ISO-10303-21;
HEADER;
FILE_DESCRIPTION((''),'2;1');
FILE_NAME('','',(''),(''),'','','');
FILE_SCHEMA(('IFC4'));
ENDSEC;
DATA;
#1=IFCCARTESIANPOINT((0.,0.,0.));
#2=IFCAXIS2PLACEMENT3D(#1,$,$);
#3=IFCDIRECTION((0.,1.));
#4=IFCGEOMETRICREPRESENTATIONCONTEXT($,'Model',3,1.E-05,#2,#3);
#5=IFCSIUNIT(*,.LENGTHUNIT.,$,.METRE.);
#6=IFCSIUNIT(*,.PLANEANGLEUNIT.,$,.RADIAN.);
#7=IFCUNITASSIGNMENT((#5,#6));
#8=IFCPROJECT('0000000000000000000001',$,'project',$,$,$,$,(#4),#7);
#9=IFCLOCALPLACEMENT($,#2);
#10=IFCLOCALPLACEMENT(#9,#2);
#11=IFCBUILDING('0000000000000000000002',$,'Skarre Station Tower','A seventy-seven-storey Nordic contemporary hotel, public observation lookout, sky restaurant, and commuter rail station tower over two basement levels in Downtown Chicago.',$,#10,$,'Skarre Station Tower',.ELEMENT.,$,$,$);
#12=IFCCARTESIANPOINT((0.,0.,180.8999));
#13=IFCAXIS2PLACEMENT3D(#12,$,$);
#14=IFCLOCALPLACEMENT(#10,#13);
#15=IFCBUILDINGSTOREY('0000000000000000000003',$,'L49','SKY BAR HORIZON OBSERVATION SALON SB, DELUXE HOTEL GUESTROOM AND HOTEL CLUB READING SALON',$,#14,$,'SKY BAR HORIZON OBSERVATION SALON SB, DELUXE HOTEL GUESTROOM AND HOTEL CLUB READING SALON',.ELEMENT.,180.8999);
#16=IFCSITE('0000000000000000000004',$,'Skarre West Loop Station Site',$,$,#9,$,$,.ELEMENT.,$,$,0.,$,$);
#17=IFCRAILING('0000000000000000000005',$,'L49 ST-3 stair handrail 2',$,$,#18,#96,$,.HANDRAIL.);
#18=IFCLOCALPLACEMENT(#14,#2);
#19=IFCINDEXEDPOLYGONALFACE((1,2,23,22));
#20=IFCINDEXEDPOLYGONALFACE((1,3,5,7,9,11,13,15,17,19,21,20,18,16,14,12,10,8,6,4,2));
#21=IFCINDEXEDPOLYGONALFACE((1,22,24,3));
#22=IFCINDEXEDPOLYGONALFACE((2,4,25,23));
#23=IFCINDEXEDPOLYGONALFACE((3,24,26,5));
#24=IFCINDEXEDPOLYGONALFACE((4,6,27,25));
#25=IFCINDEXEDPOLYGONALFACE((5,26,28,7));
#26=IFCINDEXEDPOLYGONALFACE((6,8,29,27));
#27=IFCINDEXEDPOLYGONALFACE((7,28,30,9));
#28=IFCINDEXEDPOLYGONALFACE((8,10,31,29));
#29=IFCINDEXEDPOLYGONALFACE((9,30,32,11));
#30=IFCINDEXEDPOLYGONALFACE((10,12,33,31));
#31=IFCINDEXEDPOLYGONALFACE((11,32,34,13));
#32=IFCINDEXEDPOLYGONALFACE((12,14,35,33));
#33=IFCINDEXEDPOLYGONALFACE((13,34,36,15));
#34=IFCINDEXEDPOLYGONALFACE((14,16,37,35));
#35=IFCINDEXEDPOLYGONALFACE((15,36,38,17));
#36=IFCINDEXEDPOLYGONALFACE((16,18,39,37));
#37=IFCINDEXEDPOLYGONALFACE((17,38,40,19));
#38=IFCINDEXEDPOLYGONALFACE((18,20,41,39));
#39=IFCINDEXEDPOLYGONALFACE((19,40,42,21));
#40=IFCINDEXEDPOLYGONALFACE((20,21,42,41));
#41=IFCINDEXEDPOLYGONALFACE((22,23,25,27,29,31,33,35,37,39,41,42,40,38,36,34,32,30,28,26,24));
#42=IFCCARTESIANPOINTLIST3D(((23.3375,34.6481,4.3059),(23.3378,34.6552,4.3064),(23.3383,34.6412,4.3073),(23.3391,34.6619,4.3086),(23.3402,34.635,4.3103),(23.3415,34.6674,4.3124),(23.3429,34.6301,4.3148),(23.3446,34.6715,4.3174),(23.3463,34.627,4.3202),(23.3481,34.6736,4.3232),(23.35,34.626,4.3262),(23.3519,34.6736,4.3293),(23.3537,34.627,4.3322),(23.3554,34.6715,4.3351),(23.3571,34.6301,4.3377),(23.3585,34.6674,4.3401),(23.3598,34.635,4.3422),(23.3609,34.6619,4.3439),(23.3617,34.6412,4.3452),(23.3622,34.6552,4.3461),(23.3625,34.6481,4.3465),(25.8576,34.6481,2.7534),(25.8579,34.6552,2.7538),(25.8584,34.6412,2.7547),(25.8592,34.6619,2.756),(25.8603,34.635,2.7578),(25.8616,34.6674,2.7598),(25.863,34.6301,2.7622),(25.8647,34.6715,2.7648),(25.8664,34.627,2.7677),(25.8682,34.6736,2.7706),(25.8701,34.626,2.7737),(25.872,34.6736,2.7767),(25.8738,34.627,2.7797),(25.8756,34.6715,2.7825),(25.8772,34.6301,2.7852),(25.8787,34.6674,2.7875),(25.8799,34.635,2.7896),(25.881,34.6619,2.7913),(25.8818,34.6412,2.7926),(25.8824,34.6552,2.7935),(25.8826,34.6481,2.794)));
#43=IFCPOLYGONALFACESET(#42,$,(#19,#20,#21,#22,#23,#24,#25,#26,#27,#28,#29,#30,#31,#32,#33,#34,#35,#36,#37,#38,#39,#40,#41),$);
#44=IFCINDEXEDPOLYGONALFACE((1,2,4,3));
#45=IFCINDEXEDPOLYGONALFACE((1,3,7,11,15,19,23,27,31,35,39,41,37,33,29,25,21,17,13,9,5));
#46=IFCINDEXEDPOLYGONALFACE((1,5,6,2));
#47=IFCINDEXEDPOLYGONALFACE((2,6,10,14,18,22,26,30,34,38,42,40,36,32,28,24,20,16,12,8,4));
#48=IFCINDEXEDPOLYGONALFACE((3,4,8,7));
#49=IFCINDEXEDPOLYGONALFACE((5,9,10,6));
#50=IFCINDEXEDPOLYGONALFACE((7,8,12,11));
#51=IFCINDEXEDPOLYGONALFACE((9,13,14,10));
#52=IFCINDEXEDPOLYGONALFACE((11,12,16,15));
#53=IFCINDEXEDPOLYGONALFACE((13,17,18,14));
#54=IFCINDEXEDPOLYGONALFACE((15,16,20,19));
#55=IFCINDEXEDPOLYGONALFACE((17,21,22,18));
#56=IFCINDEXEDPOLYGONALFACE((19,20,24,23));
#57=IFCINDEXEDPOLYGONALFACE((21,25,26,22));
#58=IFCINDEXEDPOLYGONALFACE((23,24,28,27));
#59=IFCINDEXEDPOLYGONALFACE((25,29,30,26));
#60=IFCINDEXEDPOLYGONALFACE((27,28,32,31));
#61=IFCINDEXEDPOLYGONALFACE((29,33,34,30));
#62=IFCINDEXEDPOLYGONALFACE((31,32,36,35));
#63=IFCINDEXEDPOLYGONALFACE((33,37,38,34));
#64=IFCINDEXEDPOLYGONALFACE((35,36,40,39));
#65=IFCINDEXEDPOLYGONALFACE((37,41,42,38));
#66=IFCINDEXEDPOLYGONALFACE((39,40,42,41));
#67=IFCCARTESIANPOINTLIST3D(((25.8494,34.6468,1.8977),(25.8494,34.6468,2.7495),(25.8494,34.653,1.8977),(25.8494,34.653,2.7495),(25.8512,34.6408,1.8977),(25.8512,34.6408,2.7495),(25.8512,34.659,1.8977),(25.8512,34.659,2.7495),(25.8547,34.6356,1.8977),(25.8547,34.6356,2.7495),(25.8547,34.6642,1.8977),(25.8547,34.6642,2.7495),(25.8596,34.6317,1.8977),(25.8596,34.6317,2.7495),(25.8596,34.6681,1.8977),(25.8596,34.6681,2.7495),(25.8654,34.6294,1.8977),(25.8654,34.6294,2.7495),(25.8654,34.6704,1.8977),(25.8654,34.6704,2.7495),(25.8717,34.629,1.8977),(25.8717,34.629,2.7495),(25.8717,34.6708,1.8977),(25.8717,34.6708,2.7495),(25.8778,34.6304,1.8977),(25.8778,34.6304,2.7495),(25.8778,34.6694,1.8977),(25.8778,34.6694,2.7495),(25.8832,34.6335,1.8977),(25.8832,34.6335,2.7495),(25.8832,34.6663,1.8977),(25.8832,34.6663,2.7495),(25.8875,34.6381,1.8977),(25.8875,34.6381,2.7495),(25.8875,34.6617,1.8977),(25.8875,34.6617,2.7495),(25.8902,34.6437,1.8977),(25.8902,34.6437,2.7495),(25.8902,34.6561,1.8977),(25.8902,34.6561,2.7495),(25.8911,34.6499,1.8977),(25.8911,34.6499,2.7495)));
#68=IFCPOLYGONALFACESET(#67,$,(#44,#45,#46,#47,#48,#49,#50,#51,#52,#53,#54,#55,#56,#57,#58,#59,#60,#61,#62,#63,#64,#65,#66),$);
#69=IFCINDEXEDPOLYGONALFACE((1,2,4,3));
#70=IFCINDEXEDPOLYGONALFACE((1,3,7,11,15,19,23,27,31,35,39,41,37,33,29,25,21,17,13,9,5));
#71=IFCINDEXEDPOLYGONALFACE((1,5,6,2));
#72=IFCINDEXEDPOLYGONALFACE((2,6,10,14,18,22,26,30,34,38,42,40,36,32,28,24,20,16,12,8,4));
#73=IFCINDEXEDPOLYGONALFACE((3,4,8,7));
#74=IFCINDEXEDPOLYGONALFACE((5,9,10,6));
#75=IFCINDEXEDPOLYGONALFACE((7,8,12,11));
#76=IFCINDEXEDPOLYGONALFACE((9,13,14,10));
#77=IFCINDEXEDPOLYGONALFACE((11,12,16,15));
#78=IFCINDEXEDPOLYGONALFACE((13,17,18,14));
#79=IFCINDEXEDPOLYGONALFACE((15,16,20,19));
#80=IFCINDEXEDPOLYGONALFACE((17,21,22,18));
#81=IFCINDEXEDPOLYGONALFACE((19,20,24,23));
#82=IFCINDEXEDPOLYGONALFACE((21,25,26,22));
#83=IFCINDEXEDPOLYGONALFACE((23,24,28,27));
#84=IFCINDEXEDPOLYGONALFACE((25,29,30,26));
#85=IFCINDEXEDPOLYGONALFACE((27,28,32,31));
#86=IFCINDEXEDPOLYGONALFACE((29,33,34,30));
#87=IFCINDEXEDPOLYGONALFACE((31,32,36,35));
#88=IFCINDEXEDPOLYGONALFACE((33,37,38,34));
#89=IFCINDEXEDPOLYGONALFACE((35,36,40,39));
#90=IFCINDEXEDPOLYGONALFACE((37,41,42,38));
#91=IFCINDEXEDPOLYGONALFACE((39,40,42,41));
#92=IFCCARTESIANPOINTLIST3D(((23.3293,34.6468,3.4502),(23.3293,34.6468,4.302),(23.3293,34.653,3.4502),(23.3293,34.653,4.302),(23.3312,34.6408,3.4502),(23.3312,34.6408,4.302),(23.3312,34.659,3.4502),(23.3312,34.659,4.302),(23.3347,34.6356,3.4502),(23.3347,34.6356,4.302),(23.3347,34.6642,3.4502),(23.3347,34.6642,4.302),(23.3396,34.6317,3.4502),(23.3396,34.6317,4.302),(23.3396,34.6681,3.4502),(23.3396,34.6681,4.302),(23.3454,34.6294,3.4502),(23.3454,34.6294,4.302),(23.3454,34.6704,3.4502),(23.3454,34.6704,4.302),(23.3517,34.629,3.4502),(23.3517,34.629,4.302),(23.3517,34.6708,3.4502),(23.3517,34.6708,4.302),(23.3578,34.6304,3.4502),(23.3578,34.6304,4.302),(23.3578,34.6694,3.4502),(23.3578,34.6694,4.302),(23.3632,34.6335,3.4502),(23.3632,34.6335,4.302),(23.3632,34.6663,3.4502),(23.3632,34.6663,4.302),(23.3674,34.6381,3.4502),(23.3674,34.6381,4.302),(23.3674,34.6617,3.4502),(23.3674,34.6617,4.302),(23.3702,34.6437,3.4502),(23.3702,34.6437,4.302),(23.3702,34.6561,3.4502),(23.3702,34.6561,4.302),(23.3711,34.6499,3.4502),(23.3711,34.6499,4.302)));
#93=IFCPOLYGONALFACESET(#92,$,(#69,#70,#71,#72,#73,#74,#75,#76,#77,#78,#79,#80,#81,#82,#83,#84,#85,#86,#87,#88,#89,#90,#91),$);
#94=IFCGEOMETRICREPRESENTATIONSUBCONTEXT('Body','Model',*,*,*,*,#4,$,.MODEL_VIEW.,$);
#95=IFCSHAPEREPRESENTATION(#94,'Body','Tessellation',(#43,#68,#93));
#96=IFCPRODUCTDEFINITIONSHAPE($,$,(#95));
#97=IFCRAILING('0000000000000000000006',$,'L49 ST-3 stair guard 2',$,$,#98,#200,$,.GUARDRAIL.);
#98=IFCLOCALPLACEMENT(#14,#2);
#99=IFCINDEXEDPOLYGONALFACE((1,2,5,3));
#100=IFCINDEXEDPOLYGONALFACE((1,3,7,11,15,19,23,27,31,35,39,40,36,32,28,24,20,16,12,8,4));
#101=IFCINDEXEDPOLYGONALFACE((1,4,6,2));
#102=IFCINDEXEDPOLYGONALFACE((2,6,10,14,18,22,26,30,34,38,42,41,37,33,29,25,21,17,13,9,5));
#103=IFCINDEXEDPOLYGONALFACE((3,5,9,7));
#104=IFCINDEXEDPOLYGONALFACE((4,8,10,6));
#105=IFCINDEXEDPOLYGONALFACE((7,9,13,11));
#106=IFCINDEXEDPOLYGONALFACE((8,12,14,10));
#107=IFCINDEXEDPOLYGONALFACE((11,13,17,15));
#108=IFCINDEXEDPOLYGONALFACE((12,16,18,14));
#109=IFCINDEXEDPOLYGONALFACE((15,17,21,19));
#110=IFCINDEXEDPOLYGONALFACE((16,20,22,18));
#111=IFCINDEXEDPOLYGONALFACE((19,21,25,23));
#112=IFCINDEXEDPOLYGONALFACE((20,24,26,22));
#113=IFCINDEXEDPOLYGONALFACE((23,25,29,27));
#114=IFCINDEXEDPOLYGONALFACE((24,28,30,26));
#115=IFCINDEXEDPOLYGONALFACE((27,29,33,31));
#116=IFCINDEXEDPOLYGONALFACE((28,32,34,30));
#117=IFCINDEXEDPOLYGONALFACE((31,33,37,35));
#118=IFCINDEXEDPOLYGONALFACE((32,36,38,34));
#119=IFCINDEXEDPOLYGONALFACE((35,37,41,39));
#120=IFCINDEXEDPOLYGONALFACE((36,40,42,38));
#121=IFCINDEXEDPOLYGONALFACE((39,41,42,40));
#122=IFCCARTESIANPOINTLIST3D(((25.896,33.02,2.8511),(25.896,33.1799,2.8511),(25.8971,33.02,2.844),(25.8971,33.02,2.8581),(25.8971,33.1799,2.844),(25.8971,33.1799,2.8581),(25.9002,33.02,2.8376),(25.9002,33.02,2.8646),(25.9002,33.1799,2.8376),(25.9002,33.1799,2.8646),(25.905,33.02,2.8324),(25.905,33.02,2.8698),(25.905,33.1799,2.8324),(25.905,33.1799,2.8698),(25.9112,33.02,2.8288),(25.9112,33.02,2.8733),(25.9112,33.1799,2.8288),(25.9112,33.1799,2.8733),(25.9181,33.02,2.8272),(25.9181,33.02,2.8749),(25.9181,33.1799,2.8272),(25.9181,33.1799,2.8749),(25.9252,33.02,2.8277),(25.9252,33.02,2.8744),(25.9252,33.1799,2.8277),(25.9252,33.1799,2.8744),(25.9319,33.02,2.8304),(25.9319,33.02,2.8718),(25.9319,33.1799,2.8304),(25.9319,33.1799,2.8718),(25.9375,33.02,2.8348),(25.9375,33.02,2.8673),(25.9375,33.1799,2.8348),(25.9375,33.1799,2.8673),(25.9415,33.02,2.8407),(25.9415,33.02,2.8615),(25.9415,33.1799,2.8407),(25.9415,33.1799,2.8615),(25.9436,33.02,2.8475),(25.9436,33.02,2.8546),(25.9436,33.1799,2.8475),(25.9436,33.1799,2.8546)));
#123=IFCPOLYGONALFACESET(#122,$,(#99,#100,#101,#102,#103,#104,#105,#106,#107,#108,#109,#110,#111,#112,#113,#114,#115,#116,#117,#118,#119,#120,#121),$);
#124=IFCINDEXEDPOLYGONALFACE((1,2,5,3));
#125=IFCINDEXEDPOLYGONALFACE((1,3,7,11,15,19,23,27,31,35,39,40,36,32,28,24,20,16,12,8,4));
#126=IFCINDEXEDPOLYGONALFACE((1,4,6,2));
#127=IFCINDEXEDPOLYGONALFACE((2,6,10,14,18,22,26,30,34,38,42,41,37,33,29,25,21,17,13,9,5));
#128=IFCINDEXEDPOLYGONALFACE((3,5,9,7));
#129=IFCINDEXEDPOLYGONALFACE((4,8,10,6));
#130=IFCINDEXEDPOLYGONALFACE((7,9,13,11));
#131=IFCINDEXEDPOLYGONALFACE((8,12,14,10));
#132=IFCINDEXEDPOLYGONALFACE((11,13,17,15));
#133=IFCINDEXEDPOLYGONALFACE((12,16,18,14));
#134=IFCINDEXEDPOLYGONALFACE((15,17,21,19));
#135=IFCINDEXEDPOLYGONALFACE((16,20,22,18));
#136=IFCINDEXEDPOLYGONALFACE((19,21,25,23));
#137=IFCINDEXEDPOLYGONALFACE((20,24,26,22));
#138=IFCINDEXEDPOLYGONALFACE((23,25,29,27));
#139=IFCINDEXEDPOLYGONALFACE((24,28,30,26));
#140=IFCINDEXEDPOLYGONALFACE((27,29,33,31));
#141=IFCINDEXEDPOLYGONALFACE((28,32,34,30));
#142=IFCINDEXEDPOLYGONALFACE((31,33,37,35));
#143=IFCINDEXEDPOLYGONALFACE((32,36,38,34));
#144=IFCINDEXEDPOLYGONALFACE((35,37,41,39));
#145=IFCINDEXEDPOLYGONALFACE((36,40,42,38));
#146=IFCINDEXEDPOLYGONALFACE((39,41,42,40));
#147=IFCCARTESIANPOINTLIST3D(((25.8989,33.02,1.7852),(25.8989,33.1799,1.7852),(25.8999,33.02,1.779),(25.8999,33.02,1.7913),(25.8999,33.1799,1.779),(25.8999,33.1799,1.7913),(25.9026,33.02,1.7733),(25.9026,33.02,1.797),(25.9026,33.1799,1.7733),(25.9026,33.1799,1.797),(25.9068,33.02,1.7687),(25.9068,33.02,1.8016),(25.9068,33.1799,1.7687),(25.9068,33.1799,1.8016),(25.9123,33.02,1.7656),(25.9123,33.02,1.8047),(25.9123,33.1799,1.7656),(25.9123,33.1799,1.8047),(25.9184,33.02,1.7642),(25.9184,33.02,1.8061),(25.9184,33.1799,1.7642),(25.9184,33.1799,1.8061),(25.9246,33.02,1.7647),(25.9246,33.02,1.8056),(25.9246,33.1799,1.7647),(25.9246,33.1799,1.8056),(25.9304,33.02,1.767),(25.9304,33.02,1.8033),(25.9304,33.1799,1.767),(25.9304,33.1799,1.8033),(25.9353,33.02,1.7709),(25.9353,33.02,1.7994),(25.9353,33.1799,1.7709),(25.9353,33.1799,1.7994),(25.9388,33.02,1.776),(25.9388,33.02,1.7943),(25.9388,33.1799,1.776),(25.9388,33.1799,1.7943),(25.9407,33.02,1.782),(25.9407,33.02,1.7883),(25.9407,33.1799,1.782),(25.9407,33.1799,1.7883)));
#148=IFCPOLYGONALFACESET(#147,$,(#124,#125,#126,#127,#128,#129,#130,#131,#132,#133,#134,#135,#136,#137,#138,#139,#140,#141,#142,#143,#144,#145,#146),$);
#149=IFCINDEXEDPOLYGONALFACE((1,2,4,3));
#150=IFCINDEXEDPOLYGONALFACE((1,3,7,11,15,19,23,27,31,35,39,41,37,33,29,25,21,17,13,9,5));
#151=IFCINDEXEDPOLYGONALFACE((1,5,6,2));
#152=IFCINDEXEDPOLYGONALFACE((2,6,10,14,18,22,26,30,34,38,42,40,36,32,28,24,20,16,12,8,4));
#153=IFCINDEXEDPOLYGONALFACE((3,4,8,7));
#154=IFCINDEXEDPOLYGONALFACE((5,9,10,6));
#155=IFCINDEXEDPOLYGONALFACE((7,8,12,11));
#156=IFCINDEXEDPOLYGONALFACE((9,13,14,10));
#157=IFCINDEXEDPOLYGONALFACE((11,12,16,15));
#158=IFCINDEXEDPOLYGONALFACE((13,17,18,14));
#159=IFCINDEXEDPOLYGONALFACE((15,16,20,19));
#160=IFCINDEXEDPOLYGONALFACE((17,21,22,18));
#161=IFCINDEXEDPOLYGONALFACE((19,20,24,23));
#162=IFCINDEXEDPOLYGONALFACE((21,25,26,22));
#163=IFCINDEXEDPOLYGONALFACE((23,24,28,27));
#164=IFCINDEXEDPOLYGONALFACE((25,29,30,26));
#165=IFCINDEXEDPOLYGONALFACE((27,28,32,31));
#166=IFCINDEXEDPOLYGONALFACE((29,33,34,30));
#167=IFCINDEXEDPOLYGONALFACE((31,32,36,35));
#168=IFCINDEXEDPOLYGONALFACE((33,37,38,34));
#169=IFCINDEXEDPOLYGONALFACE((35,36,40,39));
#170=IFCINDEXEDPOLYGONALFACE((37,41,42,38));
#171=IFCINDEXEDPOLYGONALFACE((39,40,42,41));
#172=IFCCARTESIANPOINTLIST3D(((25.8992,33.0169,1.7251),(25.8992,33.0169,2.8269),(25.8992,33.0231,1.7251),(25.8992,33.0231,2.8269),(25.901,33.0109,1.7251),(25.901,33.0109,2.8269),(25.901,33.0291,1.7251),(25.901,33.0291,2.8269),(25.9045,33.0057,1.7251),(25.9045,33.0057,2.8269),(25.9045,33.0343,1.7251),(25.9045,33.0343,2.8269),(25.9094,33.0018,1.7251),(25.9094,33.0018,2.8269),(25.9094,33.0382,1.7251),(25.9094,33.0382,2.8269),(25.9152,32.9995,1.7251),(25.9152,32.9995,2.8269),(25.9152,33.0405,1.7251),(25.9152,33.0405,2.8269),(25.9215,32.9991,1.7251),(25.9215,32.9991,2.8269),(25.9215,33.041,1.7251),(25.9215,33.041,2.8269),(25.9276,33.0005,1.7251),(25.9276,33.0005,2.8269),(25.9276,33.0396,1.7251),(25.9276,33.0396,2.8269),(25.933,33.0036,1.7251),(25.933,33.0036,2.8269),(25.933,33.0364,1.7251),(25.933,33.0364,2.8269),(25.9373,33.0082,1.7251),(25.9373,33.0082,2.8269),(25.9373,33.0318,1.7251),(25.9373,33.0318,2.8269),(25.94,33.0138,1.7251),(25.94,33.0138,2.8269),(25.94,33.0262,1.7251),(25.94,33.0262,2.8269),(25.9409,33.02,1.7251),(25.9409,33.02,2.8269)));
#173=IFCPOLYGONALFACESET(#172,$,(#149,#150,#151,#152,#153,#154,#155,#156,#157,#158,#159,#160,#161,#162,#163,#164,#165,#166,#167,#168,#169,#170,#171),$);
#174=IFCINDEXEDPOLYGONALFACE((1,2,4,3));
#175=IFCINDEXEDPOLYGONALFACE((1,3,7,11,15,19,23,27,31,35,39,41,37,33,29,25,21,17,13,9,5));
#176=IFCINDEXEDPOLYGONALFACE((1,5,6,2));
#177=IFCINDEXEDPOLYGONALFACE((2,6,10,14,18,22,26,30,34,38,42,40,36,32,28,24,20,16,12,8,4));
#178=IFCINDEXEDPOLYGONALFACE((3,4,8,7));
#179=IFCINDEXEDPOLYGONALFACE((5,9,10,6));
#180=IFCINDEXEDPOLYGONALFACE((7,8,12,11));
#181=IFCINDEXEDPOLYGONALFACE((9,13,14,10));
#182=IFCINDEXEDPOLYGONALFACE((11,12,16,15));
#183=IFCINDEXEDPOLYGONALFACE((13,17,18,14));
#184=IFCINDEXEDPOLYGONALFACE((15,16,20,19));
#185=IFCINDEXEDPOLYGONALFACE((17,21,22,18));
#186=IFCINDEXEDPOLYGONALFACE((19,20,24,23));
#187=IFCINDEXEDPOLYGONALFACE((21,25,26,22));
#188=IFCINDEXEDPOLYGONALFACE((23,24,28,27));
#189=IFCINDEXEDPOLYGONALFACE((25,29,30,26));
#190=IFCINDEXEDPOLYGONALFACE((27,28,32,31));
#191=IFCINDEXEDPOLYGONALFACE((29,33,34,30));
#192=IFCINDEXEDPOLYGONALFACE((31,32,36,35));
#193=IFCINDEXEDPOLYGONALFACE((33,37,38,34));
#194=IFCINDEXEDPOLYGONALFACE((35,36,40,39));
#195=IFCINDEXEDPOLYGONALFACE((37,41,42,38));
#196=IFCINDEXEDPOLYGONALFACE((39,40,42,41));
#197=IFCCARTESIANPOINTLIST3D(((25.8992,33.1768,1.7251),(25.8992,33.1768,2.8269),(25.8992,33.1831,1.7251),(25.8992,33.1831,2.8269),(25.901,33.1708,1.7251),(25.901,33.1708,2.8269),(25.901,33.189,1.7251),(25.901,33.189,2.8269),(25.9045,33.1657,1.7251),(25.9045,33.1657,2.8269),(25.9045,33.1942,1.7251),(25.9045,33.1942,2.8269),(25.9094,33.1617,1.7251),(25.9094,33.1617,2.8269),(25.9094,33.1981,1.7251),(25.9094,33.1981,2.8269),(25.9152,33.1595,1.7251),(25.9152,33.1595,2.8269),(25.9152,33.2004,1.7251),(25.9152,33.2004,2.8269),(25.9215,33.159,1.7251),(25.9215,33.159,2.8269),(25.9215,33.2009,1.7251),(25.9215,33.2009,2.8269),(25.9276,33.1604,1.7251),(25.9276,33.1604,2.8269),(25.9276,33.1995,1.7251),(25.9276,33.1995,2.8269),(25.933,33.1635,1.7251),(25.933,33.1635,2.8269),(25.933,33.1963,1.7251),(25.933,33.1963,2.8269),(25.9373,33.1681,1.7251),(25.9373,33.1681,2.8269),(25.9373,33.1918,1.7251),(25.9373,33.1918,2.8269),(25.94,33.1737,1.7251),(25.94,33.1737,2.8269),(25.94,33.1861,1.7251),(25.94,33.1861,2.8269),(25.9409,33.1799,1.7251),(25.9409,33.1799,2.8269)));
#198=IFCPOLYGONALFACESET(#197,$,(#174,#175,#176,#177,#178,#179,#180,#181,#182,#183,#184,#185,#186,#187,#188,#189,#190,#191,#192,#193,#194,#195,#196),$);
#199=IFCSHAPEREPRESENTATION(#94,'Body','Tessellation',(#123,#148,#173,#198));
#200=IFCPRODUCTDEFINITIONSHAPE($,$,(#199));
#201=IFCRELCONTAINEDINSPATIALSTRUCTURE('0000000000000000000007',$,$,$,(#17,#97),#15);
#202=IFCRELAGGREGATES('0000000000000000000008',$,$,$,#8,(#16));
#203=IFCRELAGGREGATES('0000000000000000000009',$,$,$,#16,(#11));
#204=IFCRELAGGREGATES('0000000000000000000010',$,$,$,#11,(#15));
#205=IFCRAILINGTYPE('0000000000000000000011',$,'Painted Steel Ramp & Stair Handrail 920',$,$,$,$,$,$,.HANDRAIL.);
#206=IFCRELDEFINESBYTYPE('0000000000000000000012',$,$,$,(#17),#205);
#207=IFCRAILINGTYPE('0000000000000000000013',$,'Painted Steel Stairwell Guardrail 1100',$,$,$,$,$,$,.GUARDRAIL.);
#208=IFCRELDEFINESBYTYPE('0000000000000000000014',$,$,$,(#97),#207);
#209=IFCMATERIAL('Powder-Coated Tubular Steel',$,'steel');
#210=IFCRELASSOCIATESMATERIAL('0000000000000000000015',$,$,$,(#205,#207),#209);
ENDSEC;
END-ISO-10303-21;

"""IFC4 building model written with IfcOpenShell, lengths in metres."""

from ifc_helpers import new_model, si_unit, direction, frame, origin, origin_2d, place, context, subcontext, project, spatial, circle, extrude, material, type_object, element, save


model = new_model("IFC4")

# Units and contexts
model_context = context("Model", 3, precision=1e-05, world=origin(), true_north=direction((0.0, 1.0)))
body_context = subcontext(model_context, "Body", "Model", "MODEL_VIEW")
ifc_project = project(units=[si_unit("LENGTHUNIT", "METRE"), si_unit("PLANEANGLEUNIT", "RADIAN")], contexts=[model_context])

# Site, building, storey
site_placement = place(None, origin())
site = spatial("IfcSite", under=ifc_project, at=site_placement, Name="Skarre West Loop Station Site", CompositionType="ELEMENT", RefElevation=0.0)
building_placement = place(site_placement, origin())
building = spatial("IfcBuilding", under=site, at=building_placement, Name="Skarre Station Tower", Description="A seventy-seven-storey Nordic contemporary hotel, public observation lookout, sky restaurant, and commuter rail station tower over two basement levels in Downtown Chicago.", LongName="Skarre Station Tower", CompositionType="ELEMENT")
storey_placement = place(building_placement, frame((0.0, 0.0, 180.8999)))
storey = spatial("IfcBuildingStorey", under=building, at=storey_placement, Name="L49", Description="SKY BAR HORIZON OBSERVATION SALON SB, DELUXE HOTEL GUESTROOM AND HOTEL CLUB READING SALON", LongName="SKY BAR HORIZON OBSERVATION SALON SB, DELUXE HOTEL GUESTROOM AND HOTEL CLUB READING SALON", CompositionType="ELEMENT", Elevation=180.8999)

# Railings
ifc_material_1 = material(Name="Powder-Coated Tubular Steel", Category="steel")
railing_type_1 = type_object("IfcRailingType", Name="Painted Steel Ramp & Stair Handrail 920", PredefinedType="HANDRAIL", material=ifc_material_1)
railing_1_placement = place(storey_placement, frame((25.8701, 34.6499, 1.8977)))
element("IfcRailing", 1, at=railing_1_placement, inside=storey, type_object=railing_type_1, Name="L49 ST-3 stair handrail 2", PredefinedType="HANDRAIL", context=body_context, shape_type="SweptSolid", body=[
    extrude(circle(Radius=0.0239, at=origin_2d()), frame((0.0, 0.0, 0.876), z_axis=(-0.8514, 0.0, 0.524516), x_axis=(0.0, -1.0, 0.0)), (0.0, 0.0, 1.0), 2.96),
    extrude(circle(Radius=0.021, at=origin_2d()), origin(), (0.0, 0.0, 1.0), 0.8518),
    extrude(circle(Radius=0.021, at=origin_2d()), frame((-2.52, 0.0, 1.5525)), (0.0, 0.0, 1.0), 0.8518),
])
railing_type_2 = type_object("IfcRailingType", Name="Painted Steel Stairwell Guardrail 1100", PredefinedType="GUARDRAIL", material=ifc_material_1)
railing_2_placement = place(storey_placement, frame((25.9199, 33.02, 1.7251)))
element("IfcRailing", 2, at=railing_2_placement, inside=storey, type_object=railing_type_2, Name="L49 ST-3 stair guard 2", PredefinedType="GUARDRAIL", context=body_context, shape_type="SweptSolid", body=[
    extrude(circle(Radius=0.0239, at=origin_2d()), frame((0.0, 0.0, 1.126), z_axis=(0.0, 1.0, 0.0), x_axis=(-1.0, 0.0, 0.0)), (0.0, 0.0, 1.0), 0.1599),
    extrude(circle(Radius=0.021, at=origin_2d()), frame((0.0, 0.0, 0.0601), z_axis=(0.0, 1.0, 0.0), x_axis=(-1.0, 0.0, 0.0)), (0.0, 0.0, 1.0), 0.1599),
    extrude(circle(Radius=0.021, at=origin_2d()), origin(), (0.0, 0.0, 1.0), 1.1018),
    extrude(circle(Radius=0.021, at=origin_2d()), frame((0.0, 0.1599, 0.0)), (0.0, 0.0, 1.0), 1.1018),
])

save(model, "model.ifc")
